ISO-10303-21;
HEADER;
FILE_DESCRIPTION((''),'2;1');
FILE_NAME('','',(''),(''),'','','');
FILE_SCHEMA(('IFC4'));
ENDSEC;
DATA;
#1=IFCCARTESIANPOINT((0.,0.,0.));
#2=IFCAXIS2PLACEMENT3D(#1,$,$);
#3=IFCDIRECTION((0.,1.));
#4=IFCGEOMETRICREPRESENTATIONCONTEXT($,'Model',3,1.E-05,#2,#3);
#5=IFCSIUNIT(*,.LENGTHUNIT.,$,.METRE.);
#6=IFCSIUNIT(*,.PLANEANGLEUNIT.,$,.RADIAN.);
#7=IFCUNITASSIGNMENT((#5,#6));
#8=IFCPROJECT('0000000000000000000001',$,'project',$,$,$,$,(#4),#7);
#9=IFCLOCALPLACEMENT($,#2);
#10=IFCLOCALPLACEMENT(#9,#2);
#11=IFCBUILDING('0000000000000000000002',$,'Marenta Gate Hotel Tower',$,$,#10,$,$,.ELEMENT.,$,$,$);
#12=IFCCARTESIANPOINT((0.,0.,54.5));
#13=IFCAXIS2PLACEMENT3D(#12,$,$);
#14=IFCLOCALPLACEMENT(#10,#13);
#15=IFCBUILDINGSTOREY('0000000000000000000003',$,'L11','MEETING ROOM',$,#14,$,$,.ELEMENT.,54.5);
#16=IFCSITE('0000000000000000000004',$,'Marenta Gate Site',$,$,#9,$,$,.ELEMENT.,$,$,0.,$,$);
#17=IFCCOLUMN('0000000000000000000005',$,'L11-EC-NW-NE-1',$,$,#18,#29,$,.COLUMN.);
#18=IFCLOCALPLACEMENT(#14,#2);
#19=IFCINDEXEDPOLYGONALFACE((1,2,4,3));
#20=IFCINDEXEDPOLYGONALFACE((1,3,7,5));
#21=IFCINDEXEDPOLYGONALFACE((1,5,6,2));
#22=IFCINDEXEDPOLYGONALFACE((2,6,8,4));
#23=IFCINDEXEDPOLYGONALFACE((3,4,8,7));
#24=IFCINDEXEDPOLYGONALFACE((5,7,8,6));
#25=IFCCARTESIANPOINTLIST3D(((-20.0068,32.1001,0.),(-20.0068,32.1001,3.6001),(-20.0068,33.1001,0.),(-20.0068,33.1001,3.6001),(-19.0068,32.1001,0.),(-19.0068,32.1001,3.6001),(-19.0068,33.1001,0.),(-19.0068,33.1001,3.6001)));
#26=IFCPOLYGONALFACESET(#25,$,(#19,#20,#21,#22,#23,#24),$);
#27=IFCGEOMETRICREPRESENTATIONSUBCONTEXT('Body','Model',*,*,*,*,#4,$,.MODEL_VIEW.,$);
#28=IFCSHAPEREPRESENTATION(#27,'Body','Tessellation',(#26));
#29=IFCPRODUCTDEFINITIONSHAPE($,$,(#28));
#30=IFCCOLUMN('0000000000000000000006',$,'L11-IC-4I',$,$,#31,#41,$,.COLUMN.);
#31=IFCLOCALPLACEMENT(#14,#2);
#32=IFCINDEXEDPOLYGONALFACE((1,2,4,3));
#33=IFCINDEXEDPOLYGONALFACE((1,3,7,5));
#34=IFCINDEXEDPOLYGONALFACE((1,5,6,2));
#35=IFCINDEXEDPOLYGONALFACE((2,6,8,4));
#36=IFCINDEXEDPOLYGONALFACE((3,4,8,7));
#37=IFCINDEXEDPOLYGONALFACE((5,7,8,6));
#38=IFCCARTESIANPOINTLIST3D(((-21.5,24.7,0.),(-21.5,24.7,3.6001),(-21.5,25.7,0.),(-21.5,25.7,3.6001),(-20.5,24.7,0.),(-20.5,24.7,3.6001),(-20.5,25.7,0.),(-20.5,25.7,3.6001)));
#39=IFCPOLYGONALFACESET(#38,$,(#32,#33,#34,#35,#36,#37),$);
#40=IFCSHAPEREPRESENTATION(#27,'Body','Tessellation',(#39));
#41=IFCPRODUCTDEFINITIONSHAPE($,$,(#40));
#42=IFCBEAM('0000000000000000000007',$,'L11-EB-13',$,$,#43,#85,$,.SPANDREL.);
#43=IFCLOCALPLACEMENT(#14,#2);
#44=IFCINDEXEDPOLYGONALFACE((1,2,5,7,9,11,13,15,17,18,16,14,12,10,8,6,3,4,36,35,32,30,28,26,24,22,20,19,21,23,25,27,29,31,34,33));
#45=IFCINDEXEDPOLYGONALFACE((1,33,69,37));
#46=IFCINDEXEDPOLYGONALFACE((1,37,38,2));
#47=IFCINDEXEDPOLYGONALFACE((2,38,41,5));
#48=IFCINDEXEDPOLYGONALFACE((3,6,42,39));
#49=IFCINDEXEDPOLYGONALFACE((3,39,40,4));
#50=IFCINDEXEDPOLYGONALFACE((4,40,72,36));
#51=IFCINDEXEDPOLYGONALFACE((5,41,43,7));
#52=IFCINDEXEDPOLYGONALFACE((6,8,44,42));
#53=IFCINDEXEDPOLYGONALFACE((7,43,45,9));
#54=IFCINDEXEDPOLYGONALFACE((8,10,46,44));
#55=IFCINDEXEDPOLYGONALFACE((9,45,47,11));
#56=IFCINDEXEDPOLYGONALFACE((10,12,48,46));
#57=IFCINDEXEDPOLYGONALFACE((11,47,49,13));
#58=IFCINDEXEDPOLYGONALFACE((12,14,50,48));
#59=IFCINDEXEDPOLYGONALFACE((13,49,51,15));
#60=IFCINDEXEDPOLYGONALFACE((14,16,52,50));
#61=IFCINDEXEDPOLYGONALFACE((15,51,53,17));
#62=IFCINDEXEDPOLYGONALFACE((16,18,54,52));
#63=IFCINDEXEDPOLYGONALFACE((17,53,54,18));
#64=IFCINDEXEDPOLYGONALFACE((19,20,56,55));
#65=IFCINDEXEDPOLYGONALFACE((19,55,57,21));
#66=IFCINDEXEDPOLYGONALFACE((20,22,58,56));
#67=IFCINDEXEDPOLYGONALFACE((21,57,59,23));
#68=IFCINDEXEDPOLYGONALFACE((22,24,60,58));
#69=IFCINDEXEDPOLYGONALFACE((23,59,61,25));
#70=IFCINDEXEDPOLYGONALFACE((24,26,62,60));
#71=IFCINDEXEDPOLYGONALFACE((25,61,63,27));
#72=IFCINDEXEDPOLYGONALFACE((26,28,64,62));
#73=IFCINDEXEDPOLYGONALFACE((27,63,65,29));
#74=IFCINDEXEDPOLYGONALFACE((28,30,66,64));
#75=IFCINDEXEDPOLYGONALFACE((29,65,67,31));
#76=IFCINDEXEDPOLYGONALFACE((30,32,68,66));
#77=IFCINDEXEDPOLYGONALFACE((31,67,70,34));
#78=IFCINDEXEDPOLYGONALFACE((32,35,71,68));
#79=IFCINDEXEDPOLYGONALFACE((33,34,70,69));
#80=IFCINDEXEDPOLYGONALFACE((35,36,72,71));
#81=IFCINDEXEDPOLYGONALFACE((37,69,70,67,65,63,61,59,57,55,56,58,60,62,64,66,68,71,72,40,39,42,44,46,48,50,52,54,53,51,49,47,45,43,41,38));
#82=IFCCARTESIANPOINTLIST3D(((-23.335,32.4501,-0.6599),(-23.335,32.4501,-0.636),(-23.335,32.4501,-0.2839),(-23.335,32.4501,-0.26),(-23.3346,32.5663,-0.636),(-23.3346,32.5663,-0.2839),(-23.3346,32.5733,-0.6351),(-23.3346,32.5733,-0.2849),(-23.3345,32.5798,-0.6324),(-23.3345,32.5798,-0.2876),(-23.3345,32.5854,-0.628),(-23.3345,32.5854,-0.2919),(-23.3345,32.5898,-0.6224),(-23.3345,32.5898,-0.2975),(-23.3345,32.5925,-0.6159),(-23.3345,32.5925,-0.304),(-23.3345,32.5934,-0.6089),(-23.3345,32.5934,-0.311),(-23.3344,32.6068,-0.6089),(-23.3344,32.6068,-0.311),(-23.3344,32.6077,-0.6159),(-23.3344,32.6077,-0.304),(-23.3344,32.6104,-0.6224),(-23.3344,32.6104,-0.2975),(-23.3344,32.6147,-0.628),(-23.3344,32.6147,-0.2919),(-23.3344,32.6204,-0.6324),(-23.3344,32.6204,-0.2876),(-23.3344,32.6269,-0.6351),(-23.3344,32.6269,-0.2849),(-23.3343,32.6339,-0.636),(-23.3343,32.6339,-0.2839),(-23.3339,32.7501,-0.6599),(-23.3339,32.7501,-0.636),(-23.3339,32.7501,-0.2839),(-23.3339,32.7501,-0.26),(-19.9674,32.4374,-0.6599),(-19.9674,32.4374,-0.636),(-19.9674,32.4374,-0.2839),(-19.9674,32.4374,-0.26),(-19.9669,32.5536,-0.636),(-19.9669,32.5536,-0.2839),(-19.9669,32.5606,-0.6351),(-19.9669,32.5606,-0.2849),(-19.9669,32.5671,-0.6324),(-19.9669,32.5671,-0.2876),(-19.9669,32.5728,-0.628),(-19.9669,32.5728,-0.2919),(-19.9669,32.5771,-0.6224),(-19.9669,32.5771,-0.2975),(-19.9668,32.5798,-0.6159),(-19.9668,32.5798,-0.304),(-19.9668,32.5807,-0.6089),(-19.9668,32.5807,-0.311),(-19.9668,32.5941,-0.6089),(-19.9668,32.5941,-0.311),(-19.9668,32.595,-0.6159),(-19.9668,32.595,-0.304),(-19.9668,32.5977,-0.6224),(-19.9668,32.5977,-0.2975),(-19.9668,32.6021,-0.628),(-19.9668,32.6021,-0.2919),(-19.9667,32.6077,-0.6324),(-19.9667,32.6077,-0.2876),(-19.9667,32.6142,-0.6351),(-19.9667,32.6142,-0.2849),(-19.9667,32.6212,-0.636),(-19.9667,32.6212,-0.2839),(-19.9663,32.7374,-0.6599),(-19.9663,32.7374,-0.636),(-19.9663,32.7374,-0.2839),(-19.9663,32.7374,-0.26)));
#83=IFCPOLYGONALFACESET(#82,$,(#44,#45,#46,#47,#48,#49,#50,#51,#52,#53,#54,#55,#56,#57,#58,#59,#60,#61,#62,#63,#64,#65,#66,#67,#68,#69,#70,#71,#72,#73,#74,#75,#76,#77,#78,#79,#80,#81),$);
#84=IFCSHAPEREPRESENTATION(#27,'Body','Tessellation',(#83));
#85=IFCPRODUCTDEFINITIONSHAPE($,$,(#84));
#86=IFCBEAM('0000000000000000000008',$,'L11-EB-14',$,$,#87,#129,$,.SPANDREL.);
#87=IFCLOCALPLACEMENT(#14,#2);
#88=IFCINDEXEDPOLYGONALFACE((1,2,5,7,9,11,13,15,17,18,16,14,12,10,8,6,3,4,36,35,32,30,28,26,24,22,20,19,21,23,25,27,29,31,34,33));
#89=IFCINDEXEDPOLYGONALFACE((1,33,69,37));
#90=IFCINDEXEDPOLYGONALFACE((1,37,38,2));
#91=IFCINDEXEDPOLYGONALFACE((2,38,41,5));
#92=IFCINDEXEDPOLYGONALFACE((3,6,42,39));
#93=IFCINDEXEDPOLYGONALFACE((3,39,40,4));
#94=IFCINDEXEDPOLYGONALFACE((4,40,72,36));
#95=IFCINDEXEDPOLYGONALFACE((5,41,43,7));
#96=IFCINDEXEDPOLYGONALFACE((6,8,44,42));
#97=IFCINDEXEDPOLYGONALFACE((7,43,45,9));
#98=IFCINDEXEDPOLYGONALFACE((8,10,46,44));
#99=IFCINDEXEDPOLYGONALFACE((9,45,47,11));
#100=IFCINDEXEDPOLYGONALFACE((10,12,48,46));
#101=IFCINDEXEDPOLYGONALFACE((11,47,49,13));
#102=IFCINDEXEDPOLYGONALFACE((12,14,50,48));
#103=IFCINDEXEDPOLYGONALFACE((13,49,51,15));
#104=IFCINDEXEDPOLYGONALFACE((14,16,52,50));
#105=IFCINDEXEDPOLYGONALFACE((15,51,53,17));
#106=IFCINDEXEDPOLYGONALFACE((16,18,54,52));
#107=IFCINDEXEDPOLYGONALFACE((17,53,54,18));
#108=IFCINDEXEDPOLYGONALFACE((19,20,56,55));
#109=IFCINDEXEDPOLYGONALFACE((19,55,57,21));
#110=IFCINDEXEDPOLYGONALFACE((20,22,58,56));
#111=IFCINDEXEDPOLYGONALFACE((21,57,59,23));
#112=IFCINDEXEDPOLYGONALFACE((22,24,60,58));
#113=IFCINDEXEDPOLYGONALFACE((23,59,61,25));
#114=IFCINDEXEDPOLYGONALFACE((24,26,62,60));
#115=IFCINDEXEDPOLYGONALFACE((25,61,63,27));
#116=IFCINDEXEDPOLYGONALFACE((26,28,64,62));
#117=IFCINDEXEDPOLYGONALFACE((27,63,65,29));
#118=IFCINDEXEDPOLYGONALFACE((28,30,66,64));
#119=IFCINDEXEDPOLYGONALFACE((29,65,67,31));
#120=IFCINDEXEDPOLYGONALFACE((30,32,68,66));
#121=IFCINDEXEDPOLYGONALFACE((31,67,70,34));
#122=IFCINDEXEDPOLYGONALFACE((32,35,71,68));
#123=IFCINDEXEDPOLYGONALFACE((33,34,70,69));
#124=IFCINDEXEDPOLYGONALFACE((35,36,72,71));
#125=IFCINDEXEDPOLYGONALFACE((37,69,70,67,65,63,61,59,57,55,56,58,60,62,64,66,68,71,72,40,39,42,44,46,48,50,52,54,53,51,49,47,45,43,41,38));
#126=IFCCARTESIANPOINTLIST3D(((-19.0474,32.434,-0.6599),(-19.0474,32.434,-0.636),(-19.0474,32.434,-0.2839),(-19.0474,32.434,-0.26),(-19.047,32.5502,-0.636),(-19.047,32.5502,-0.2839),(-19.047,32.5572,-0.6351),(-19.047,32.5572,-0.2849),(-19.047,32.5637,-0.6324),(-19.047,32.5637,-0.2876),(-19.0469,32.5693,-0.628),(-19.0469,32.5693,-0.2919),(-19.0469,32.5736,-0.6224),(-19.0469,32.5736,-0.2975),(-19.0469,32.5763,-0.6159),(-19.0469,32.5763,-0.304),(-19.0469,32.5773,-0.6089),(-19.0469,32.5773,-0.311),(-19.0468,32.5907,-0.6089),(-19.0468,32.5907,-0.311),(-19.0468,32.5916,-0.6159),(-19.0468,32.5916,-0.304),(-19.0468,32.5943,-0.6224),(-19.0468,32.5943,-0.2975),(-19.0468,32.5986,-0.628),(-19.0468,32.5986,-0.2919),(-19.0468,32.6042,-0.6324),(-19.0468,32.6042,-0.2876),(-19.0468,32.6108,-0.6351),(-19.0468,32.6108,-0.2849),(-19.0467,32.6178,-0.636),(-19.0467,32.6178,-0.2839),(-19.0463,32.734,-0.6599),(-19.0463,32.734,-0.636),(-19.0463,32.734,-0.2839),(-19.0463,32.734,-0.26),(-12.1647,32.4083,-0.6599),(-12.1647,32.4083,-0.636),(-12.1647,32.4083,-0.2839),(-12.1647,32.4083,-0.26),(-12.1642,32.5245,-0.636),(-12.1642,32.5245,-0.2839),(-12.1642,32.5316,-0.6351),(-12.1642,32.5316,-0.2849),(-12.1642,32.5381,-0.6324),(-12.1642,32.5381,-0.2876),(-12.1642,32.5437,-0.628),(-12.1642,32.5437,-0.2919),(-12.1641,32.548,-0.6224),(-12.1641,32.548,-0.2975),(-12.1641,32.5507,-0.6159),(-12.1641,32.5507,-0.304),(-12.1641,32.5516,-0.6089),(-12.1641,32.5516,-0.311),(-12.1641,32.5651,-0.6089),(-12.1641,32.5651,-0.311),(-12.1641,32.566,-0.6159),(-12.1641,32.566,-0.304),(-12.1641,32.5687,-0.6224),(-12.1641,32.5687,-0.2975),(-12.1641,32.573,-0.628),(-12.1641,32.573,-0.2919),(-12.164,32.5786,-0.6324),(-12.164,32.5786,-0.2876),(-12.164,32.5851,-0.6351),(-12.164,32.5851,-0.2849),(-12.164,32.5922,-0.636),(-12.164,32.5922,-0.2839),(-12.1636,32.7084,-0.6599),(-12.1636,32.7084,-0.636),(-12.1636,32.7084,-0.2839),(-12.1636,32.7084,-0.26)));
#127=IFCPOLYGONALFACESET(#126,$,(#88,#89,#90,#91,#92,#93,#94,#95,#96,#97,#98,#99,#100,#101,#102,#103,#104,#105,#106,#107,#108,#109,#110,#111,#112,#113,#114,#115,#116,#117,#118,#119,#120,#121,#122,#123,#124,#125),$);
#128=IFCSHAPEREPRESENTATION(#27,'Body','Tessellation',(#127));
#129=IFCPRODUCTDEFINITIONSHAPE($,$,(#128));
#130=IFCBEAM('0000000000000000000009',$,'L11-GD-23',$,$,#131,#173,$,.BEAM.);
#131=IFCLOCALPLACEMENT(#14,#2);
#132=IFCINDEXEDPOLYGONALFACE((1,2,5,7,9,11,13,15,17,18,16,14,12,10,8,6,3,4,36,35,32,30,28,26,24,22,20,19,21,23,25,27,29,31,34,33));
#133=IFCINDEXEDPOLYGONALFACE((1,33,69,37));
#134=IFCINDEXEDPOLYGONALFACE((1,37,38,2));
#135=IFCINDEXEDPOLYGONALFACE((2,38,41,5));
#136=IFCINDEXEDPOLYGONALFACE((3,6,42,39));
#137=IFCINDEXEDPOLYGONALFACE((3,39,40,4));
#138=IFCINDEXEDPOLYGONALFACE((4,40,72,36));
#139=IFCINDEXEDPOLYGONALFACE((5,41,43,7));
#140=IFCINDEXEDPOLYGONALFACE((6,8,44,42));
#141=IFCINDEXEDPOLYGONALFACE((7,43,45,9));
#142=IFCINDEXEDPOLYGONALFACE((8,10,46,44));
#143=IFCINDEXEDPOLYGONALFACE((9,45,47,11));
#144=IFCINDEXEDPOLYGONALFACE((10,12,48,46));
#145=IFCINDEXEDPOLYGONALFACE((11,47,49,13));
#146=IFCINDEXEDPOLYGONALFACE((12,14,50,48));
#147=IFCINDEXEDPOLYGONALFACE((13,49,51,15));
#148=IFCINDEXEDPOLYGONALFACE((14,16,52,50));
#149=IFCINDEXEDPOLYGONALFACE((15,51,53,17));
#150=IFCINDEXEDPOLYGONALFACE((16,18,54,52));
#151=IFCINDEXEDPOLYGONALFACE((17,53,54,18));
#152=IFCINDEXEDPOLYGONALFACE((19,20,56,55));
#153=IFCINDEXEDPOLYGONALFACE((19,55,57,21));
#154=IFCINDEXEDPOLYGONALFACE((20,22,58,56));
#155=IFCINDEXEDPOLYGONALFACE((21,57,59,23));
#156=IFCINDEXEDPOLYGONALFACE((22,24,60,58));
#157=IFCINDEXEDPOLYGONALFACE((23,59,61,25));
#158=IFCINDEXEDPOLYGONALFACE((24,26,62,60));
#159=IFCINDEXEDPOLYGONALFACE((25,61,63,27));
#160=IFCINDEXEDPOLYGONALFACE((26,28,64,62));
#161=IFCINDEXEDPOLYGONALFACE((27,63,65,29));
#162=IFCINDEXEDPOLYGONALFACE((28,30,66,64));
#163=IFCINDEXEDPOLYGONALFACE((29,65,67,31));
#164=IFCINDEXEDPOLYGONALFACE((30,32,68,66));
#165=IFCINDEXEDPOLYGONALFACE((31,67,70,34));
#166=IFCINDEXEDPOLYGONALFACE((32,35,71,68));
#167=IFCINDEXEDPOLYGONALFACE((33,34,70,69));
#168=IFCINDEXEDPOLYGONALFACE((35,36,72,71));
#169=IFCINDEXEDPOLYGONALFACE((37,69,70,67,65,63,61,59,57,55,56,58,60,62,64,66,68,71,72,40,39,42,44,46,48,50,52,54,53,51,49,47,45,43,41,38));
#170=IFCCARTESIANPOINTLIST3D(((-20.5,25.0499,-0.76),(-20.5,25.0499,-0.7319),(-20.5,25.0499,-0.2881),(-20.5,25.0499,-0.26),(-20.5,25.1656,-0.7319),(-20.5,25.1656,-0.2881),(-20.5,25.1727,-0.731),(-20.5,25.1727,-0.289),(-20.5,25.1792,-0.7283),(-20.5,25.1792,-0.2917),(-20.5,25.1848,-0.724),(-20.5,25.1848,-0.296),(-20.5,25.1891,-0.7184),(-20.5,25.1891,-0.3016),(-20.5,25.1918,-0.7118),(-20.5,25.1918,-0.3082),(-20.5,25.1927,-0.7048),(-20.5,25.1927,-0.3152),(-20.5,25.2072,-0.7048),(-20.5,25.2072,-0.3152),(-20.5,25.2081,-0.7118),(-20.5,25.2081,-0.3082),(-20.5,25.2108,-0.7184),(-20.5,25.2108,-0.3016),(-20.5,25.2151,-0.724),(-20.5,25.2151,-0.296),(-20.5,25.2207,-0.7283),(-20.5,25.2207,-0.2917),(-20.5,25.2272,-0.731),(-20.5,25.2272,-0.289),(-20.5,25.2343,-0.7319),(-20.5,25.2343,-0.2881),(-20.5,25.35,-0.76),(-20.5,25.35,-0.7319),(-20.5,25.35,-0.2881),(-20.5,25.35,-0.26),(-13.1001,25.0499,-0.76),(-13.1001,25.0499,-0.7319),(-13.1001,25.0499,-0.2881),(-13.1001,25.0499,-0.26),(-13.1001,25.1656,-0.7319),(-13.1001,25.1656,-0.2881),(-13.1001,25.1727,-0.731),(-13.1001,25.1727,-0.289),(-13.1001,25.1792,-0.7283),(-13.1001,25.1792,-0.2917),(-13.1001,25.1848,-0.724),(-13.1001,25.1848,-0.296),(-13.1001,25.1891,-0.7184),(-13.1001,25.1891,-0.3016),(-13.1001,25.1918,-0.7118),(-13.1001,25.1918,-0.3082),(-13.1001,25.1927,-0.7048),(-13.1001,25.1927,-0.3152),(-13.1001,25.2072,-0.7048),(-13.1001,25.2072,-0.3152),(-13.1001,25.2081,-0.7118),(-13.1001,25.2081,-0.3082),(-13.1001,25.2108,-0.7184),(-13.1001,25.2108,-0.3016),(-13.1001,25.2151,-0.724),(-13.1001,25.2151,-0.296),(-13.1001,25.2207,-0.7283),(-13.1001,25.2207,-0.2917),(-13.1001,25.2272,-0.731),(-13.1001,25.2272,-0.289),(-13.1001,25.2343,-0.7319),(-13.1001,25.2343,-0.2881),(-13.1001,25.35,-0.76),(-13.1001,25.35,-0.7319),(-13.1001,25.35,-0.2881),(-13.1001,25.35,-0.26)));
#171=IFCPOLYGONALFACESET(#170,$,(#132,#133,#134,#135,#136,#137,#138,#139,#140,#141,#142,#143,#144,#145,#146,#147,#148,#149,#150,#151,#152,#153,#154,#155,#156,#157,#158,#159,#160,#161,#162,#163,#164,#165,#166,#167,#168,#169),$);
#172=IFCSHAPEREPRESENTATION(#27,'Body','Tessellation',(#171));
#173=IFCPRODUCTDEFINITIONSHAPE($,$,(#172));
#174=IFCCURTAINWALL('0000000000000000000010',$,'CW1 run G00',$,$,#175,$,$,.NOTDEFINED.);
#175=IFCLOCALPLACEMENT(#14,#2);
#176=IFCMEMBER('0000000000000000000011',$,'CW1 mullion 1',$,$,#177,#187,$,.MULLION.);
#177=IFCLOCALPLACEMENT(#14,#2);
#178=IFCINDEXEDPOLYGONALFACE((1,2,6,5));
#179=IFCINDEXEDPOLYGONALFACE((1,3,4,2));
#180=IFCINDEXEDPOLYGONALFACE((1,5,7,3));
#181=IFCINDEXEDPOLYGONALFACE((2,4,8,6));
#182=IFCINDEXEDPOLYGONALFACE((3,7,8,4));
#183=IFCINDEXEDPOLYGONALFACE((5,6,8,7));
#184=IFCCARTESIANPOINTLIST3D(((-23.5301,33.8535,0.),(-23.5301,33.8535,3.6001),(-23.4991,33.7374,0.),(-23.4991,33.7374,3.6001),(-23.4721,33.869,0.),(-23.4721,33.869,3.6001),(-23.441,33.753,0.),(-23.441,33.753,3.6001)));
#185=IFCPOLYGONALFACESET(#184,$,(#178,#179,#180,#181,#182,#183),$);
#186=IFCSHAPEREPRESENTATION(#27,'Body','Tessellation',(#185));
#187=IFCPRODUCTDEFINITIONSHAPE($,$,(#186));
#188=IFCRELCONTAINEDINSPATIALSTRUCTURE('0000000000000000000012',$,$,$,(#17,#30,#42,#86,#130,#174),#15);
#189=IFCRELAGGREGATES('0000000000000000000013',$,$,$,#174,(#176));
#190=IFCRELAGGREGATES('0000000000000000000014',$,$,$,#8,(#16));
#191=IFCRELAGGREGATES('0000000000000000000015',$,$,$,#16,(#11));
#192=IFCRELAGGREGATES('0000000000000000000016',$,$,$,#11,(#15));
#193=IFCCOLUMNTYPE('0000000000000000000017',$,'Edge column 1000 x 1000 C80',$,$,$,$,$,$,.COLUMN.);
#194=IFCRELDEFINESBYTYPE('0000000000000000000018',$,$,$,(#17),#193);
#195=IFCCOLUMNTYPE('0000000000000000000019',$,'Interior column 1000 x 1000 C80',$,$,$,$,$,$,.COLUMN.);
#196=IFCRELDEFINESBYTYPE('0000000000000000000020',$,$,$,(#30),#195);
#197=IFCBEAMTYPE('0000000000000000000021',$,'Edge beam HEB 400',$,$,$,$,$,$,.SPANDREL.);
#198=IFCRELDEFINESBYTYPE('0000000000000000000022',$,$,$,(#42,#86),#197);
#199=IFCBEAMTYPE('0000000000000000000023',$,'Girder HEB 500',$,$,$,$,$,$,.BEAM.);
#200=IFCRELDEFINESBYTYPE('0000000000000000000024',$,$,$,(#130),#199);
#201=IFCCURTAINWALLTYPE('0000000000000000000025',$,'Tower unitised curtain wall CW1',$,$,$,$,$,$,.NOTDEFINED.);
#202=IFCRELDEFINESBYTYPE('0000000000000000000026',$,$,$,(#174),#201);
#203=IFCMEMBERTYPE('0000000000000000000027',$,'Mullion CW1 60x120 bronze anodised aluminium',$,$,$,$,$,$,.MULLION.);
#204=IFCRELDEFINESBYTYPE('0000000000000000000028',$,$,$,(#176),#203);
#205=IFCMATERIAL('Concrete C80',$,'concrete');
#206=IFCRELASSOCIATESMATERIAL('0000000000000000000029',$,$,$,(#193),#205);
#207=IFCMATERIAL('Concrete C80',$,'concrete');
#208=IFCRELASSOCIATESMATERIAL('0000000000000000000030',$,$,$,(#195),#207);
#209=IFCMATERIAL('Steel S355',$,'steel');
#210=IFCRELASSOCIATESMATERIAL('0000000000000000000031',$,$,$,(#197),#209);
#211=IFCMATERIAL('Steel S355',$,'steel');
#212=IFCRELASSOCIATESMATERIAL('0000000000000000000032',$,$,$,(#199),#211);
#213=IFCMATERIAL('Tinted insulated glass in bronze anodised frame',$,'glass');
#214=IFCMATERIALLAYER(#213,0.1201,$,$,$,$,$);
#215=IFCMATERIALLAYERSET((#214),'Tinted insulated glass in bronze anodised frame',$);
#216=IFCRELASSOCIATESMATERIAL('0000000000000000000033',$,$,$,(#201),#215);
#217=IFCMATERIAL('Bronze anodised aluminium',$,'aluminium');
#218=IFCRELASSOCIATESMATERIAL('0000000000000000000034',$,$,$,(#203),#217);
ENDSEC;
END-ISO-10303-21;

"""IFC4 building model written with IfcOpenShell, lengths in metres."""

from ifc_helpers import new_model, si_unit, direction, frame, origin, origin_2d, place, context, subcontext, project, spatial, rectangle, i_section, extrude, material, layer, layer_set, material_profile, profile_set, type_object, element, aggregate, save


model = new_model("IFC4")

# Units and contexts
model_context = context("Model", 3, precision=1e-05, world=origin(), true_north=direction((0.0, 1.0)))
body_context = subcontext(model_context, "Body", "Model", "MODEL_VIEW")
ifc_project = project(units=[si_unit("LENGTHUNIT", "METRE"), si_unit("PLANEANGLEUNIT", "RADIAN")], contexts=[model_context])

# Site, building, storey
site_placement = place(None, origin())
site = spatial("IfcSite", under=ifc_project, at=site_placement, Name="Marenta Gate Site", CompositionType="ELEMENT", RefElevation=0.0)
building_placement = place(site_placement, origin())
building = spatial("IfcBuilding", under=site, at=building_placement, Name="Marenta Gate Hotel Tower", CompositionType="ELEMENT")
storey_placement = place(building_placement, frame((0.0, 0.0, 54.5)))
storey = spatial("IfcBuildingStorey", under=building, at=storey_placement, Name="L11", Description="MEETING ROOM", CompositionType="ELEMENT", Elevation=54.5)

# Columns
ifc_material_1 = material(Name="Concrete C80", Category="concrete")
ifc_material_profile_1 = material_profile(ifc_material_1, rectangle(XDim=1.0, YDim=1.0, at=origin_2d()), Name="1000 x 1000")
ifc_profile_set_1 = profile_set([ifc_material_profile_1], Name="Concrete C80")
column_type_1 = type_object("IfcColumnType", Name="Edge column 1000 x 1000 C80", PredefinedType="COLUMN", material=ifc_profile_set_1)
column_1_placement = place(storey_placement, frame((-19.5068, 32.6001, 0.0), z_axis=(0.0, 0.0, 1.0), x_axis=(1.0, 0.0, 0.0)))
element("IfcColumn", 1, at=column_1_placement, inside=storey, type_object=column_type_1, Name="L11-EC-NW-NE-1", PredefinedType="COLUMN", context=body_context, shape_type="SweptSolid", body=[
    extrude(rectangle(XDim=1.0, YDim=1.0, at=origin_2d()), origin(), (0.0, 0.0, 1.0), 3.6001),
])
ifc_material_2 = material(Name="Concrete C80", Category="concrete")
ifc_material_profile_2 = material_profile(ifc_material_2, rectangle(XDim=1.0, YDim=1.0, at=origin_2d()), Name="1000 x 1000")
ifc_profile_set_2 = profile_set([ifc_material_profile_2], Name="Concrete C80")
column_type_2 = type_object("IfcColumnType", Name="Interior column 1000 x 1000 C80", PredefinedType="COLUMN", material=ifc_profile_set_2)
column_2_placement = place(storey_placement, frame((-21.0, 25.2, 0.0), z_axis=(0.0, 0.0, 1.0), x_axis=(1.0, 0.0, 0.0)))
element("IfcColumn", 2, at=column_2_placement, inside=storey, type_object=column_type_2, Name="L11-IC-4I", PredefinedType="COLUMN", context=body_context, shape_type="SweptSolid", body=[
    extrude(rectangle(XDim=1.0, YDim=1.0, at=origin_2d()), origin(), (0.0, 0.0, 1.0), 3.6001),
])

# Beams
ifc_material_3 = material(Name="Steel S355", Category="steel")
ifc_material_profile_3 = material_profile(ifc_material_3, i_section(OverallWidth=0.3, OverallDepth=0.3999, WebThickness=0.0134, FlangeThickness=0.0239, FilletRadius=0.0271, at=origin_2d()), Name="HEB 400")
ifc_profile_set_3 = profile_set([ifc_material_profile_3], Name="Steel S355")
beam_type_1 = type_object("IfcBeamType", Name="Edge beam HEB 400", PredefinedType="SPANDREL", material=ifc_profile_set_3)
beam_1_placement = place(storey_placement, frame((-23.3345, 32.6001, -0.46), z_axis=(0.999993, -0.00377, 0.0), x_axis=(0.00377, 0.999993, 0.0)))
element("IfcBeam", 3, at=beam_1_placement, inside=storey, type_object=beam_type_1, Name="L11-EB-13", PredefinedType="SPANDREL", context=body_context, shape_type="SweptSolid", body=[
    extrude(i_section(OverallWidth=0.3, OverallDepth=0.3999, WebThickness=0.0134, FlangeThickness=0.0239, FilletRadius=0.0271, at=origin_2d()), origin(), (0.0, 0.0, 1.0), 3.3677),
])
beam_2_placement = place(storey_placement, frame((-19.0469, 32.584, -0.46), z_axis=(0.999993, -0.003724, 0.0), x_axis=(0.003724, 0.999993, 0.0)))
element("IfcBeam", 4, at=beam_2_placement, inside=storey, type_object=beam_type_1, Name="L11-EB-14", PredefinedType="SPANDREL", context=body_context, shape_type="SweptSolid", body=[
    extrude(i_section(OverallWidth=0.3, OverallDepth=0.3999, WebThickness=0.0134, FlangeThickness=0.0239, FilletRadius=0.0271, at=origin_2d()), origin(), (0.0, 0.0, 1.0), 6.8828),
])
ifc_material_4 = material(Name="Steel S355", Category="steel")
ifc_material_profile_4 = material_profile(ifc_material_4, i_section(OverallWidth=0.3, OverallDepth=0.5, WebThickness=0.0144, FlangeThickness=0.0281, FilletRadius=0.0271, at=origin_2d()), Name="HEB 500")
ifc_profile_set_4 = profile_set([ifc_material_profile_4], Name="Steel S355")
beam_type_2 = type_object("IfcBeamType", Name="Girder HEB 500", PredefinedType="BEAM", material=ifc_profile_set_4)
beam_3_placement = place(storey_placement, frame((-20.5, 25.2, -0.51), z_axis=(1.0, 0.0, 0.0), x_axis=(0.0, 1.0, 0.0)))
element("IfcBeam", 5, at=beam_3_placement, inside=storey, type_object=beam_type_2, Name="L11-GD-23", PredefinedType="BEAM", context=body_context, shape_type="SweptSolid", body=[
    extrude(i_section(OverallWidth=0.3, OverallDepth=0.5, WebThickness=0.0144, FlangeThickness=0.0281, FilletRadius=0.0271, at=origin_2d()), origin(), (0.0, 0.0, 1.0), 7.3999),
])

# Curtain wall, member
ifc_material_5 = material(Name="Tinted insulated glass in bronze anodised frame", Category="glass")
ifc_layer_1 = layer(ifc_material_5, 0.1201)
ifc_layer_set_1 = layer_set([ifc_layer_1], Name="Tinted insulated glass in bronze anodised frame")
curtain_wall_type = type_object("IfcCurtainWallType", Name="Tower unitised curtain wall CW1", PredefinedType="NOTDEFINED", material=ifc_layer_set_1)
curtain_wall_placement = place(storey_placement, origin())
curtain_wall = element("IfcCurtainWall", 6, at=curtain_wall_placement, inside=storey, type_object=curtain_wall_type, Name="CW1 run G00", PredefinedType="NOTDEFINED")
ifc_material_6 = material(Name="Bronze anodised aluminium", Category="aluminium")
ifc_material_profile_5 = material_profile(ifc_material_6, rectangle(XDim=0.1201, YDim=0.0601, at=origin_2d()), Name="Mullion CW1 60x120 bronze anodised aluminium")
ifc_profile_set_5 = profile_set([ifc_material_profile_5], Name="Bronze anodised aluminium")
member_type_1 = type_object("IfcMemberType", Name="Mullion CW1 60x120 bronze anodised aluminium", PredefinedType="MULLION", material=ifc_profile_set_5)
member_1_placement = place(storey_placement, frame((-23.4856, 33.8032, 0.0), z_axis=(0.0, 0.0, 1.0), x_axis=(0.258802, -0.96593, 0.0)))
member_1 = element("IfcMember", 7, at=member_1_placement, type_object=member_type_1, Name="CW1 mullion 1", PredefinedType="MULLION", context=body_context, shape_type="SweptSolid", body=[
    extrude(rectangle(XDim=0.1201, YDim=0.0601, at=origin_2d()), origin(), (0.0, 0.0, 1.0), 3.6001),
])
aggregate(curtain_wall, [member_1])

save(model, "model.ifc")
